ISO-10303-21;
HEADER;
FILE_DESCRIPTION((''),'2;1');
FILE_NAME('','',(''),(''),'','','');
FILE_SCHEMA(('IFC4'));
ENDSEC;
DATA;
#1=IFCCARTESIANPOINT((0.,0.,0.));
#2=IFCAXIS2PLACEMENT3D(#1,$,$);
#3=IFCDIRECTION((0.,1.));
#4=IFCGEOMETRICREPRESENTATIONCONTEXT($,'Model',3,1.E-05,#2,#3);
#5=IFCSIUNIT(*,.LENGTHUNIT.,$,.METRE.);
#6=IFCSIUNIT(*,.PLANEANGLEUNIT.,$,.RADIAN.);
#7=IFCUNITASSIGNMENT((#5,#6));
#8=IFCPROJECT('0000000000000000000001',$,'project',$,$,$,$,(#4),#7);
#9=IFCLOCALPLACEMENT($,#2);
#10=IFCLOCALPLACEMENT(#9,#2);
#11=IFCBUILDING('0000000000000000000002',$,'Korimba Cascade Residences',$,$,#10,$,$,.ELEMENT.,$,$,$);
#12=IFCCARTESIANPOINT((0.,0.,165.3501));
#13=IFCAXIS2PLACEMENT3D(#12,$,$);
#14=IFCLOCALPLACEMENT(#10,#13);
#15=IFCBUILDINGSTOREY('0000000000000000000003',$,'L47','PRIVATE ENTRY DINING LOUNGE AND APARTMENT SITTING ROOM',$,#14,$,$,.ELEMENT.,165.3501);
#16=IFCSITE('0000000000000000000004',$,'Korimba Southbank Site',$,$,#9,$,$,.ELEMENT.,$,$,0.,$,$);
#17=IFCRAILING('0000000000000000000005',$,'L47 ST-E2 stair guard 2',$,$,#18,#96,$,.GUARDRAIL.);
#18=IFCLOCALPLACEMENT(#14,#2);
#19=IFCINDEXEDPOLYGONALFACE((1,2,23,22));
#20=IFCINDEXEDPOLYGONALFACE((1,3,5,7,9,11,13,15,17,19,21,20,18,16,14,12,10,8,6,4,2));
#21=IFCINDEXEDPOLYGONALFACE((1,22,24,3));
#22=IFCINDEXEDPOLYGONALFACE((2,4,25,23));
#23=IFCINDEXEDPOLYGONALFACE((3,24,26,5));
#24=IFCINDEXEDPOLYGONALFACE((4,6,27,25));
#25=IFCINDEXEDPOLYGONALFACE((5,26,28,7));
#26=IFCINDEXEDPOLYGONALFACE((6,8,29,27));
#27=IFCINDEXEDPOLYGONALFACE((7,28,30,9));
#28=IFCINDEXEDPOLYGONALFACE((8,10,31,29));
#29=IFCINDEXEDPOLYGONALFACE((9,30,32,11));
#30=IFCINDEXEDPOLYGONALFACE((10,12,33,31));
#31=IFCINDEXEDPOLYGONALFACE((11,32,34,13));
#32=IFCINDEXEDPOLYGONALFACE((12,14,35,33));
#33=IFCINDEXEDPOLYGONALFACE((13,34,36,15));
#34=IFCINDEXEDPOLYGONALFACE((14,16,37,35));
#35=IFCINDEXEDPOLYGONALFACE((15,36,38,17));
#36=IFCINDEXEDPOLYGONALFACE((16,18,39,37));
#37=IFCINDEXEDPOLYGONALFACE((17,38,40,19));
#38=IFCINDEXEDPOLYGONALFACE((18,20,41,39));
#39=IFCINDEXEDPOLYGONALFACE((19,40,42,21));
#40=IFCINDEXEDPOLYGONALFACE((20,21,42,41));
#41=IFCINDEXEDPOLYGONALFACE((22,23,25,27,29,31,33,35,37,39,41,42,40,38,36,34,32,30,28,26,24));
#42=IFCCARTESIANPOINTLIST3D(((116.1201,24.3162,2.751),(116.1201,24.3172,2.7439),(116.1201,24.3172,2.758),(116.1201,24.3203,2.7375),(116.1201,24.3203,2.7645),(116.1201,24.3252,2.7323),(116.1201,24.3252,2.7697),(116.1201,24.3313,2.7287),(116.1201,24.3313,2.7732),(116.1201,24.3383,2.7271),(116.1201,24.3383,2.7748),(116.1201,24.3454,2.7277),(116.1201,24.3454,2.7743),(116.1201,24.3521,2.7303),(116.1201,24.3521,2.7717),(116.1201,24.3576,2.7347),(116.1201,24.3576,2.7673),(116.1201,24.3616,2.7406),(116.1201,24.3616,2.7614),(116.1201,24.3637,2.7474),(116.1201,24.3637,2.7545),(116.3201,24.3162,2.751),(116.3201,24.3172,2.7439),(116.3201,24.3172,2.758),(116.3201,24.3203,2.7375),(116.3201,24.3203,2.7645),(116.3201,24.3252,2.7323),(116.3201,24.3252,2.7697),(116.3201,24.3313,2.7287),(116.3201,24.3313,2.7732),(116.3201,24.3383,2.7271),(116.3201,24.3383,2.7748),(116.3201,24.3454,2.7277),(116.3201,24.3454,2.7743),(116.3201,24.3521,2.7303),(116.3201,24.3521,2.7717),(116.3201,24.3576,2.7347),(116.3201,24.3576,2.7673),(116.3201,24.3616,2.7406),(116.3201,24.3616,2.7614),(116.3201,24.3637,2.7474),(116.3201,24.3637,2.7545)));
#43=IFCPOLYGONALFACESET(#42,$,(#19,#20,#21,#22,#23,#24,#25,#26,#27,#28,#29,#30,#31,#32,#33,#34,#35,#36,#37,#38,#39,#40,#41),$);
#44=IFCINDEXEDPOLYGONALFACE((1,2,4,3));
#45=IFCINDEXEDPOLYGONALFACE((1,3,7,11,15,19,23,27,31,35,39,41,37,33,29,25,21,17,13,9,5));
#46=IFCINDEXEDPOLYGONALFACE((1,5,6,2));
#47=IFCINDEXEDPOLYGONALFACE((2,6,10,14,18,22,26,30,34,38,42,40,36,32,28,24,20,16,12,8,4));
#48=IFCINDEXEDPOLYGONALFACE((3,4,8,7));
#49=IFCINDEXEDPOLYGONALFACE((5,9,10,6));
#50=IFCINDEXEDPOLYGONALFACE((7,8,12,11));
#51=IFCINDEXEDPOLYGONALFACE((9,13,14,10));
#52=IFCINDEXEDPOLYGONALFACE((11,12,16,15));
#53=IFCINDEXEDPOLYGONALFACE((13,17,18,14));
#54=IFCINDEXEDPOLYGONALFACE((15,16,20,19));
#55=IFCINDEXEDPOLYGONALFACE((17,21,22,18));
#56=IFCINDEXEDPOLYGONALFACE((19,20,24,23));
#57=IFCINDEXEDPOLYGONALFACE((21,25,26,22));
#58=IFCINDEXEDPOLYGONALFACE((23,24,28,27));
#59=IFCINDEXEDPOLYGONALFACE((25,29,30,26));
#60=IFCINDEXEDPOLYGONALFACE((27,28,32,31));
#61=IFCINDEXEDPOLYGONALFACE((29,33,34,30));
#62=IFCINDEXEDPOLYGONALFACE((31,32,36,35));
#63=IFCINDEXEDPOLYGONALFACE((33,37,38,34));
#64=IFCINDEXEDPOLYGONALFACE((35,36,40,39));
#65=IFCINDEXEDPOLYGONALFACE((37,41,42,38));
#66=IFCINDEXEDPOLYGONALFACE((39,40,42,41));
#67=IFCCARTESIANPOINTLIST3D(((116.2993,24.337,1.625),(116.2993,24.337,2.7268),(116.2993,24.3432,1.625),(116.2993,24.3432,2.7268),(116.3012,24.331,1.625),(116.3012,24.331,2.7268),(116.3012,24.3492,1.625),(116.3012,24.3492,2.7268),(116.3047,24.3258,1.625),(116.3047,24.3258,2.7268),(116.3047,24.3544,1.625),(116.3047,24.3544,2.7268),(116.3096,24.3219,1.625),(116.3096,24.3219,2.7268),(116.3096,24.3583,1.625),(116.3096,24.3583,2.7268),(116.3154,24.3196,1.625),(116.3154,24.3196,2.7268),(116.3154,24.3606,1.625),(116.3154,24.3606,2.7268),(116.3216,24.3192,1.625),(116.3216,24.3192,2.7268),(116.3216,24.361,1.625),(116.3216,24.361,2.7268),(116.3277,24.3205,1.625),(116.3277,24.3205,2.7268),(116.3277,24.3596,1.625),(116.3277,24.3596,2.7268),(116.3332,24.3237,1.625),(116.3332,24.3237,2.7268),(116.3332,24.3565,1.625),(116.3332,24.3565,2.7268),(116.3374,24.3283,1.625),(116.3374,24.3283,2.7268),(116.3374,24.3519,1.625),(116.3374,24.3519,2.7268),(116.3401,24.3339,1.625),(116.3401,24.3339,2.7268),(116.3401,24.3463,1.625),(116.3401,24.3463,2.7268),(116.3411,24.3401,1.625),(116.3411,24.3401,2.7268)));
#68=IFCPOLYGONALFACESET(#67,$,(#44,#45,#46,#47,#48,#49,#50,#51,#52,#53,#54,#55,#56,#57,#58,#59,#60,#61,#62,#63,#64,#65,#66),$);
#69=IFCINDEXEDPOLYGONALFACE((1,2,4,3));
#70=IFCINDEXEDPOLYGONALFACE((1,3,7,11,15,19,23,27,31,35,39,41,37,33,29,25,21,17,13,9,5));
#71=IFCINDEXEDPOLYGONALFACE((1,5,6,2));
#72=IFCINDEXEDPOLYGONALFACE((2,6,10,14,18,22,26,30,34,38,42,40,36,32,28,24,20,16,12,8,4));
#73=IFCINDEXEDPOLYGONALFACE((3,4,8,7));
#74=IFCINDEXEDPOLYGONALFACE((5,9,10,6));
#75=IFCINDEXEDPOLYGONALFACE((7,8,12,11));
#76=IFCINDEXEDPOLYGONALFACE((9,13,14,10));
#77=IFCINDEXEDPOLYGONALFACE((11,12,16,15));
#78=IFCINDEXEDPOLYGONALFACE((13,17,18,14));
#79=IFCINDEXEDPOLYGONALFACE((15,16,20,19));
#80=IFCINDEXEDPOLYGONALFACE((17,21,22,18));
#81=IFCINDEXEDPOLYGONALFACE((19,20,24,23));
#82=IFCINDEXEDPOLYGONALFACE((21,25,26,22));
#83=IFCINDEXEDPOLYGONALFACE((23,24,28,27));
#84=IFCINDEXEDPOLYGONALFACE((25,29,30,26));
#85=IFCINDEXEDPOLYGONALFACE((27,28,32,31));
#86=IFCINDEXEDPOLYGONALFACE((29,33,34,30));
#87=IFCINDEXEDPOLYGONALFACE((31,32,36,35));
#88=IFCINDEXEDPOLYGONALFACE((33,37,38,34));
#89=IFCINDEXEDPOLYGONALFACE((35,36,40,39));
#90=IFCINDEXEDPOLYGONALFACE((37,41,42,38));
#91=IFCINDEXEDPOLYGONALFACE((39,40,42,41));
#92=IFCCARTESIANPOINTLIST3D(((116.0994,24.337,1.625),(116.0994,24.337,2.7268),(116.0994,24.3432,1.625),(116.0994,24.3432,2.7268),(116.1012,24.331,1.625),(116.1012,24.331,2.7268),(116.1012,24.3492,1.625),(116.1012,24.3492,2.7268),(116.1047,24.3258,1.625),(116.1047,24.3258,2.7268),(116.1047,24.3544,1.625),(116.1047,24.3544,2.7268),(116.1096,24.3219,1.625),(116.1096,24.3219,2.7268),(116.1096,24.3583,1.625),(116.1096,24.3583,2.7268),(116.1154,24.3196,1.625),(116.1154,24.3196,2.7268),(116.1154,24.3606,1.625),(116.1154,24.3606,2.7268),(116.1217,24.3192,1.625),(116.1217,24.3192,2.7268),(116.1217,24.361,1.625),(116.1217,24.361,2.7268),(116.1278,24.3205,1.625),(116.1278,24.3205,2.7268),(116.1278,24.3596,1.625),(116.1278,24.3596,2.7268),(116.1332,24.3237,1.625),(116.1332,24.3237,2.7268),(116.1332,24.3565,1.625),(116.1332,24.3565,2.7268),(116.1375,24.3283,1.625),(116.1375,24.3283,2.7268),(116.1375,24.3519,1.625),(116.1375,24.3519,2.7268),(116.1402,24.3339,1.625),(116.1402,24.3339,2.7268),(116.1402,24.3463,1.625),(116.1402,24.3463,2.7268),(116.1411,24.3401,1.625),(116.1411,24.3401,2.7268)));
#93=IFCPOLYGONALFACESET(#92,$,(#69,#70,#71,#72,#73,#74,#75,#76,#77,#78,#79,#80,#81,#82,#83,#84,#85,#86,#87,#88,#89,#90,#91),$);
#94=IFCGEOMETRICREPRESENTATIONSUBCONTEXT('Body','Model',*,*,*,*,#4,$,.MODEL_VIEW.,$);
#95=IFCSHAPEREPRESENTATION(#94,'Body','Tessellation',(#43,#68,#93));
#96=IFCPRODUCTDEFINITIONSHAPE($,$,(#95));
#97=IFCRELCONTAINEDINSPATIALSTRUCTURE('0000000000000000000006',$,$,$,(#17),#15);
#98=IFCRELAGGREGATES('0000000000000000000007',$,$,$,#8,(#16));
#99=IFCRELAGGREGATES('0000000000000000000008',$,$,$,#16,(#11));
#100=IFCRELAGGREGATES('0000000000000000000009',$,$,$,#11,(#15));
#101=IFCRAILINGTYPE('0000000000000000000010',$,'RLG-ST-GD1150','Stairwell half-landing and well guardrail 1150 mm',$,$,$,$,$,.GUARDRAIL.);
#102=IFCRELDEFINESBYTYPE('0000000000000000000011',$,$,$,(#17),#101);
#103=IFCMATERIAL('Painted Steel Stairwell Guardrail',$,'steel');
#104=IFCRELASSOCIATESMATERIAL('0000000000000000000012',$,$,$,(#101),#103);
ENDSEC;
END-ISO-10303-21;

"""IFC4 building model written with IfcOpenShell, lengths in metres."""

from ifc_helpers import new_model, si_unit, direction, frame, origin, origin_2d, place, context, subcontext, project, spatial, circle, extrude, material, type_object, element, save


model = new_model("IFC4")

# Units and contexts
model_context = context("Model", 3, precision=1e-05, world=origin(), true_north=direction((0.0, 1.0)))
body_context = subcontext(model_context, "Body", "Model", "MODEL_VIEW")
ifc_project = project(units=[si_unit("LENGTHUNIT", "METRE"), si_unit("PLANEANGLEUNIT", "RADIAN")], contexts=[model_context])

# Site, building, storey
site_placement = place(None, origin())
site = spatial("IfcSite", under=ifc_project, at=site_placement, Name="Korimba Southbank Site", CompositionType="ELEMENT", RefElevation=0.0)
building_placement = place(site_placement, origin())
building = spatial("IfcBuilding", under=site, at=building_placement, Name="Korimba Cascade Residences", CompositionType="ELEMENT")
storey_placement = place(building_placement, frame((0.0, 0.0, 165.3501)))
storey = spatial("IfcBuildingStorey", under=building, at=storey_placement, Name="L47", Description="PRIVATE ENTRY DINING LOUNGE AND APARTMENT SITTING ROOM", CompositionType="ELEMENT", Elevation=165.3501)

# Railing
ifc_material_1 = material(Name="Painted Steel Stairwell Guardrail", Category="steel")
railing_type_1 = type_object("IfcRailingType", Name="RLG-ST-GD1150", Description="Stairwell half-landing and well guardrail 1150 mm", PredefinedType="GUARDRAIL", material=ifc_material_1)
railing_1_placement = place(storey_placement, frame((116.3201, 24.3401, 1.625)))
element("IfcRailing", 1, at=railing_1_placement, inside=storey, type_object=railing_type_1, Name="L47 ST-E2 stair guard 2", PredefinedType="GUARDRAIL", context=body_context, shape_type="SweptSolid", body=[
    extrude(circle(Radius=0.0239, at=origin_2d()), frame((0.0, 0.0, 1.126), z_axis=(-1.0, 0.0, 0.0), x_axis=(0.0, -1.0, 0.0)), (0.0, 0.0, 1.0), 0.2),
    extrude(circle(Radius=0.021, at=origin_2d()), origin(), (0.0, 0.0, 1.0), 1.1018),
    extrude(circle(Radius=0.021, at=origin_2d()), frame((-0.2, 0.0, 0.0)), (0.0, 0.0, 1.0), 1.1018),
])

save(model, "model.ifc")
